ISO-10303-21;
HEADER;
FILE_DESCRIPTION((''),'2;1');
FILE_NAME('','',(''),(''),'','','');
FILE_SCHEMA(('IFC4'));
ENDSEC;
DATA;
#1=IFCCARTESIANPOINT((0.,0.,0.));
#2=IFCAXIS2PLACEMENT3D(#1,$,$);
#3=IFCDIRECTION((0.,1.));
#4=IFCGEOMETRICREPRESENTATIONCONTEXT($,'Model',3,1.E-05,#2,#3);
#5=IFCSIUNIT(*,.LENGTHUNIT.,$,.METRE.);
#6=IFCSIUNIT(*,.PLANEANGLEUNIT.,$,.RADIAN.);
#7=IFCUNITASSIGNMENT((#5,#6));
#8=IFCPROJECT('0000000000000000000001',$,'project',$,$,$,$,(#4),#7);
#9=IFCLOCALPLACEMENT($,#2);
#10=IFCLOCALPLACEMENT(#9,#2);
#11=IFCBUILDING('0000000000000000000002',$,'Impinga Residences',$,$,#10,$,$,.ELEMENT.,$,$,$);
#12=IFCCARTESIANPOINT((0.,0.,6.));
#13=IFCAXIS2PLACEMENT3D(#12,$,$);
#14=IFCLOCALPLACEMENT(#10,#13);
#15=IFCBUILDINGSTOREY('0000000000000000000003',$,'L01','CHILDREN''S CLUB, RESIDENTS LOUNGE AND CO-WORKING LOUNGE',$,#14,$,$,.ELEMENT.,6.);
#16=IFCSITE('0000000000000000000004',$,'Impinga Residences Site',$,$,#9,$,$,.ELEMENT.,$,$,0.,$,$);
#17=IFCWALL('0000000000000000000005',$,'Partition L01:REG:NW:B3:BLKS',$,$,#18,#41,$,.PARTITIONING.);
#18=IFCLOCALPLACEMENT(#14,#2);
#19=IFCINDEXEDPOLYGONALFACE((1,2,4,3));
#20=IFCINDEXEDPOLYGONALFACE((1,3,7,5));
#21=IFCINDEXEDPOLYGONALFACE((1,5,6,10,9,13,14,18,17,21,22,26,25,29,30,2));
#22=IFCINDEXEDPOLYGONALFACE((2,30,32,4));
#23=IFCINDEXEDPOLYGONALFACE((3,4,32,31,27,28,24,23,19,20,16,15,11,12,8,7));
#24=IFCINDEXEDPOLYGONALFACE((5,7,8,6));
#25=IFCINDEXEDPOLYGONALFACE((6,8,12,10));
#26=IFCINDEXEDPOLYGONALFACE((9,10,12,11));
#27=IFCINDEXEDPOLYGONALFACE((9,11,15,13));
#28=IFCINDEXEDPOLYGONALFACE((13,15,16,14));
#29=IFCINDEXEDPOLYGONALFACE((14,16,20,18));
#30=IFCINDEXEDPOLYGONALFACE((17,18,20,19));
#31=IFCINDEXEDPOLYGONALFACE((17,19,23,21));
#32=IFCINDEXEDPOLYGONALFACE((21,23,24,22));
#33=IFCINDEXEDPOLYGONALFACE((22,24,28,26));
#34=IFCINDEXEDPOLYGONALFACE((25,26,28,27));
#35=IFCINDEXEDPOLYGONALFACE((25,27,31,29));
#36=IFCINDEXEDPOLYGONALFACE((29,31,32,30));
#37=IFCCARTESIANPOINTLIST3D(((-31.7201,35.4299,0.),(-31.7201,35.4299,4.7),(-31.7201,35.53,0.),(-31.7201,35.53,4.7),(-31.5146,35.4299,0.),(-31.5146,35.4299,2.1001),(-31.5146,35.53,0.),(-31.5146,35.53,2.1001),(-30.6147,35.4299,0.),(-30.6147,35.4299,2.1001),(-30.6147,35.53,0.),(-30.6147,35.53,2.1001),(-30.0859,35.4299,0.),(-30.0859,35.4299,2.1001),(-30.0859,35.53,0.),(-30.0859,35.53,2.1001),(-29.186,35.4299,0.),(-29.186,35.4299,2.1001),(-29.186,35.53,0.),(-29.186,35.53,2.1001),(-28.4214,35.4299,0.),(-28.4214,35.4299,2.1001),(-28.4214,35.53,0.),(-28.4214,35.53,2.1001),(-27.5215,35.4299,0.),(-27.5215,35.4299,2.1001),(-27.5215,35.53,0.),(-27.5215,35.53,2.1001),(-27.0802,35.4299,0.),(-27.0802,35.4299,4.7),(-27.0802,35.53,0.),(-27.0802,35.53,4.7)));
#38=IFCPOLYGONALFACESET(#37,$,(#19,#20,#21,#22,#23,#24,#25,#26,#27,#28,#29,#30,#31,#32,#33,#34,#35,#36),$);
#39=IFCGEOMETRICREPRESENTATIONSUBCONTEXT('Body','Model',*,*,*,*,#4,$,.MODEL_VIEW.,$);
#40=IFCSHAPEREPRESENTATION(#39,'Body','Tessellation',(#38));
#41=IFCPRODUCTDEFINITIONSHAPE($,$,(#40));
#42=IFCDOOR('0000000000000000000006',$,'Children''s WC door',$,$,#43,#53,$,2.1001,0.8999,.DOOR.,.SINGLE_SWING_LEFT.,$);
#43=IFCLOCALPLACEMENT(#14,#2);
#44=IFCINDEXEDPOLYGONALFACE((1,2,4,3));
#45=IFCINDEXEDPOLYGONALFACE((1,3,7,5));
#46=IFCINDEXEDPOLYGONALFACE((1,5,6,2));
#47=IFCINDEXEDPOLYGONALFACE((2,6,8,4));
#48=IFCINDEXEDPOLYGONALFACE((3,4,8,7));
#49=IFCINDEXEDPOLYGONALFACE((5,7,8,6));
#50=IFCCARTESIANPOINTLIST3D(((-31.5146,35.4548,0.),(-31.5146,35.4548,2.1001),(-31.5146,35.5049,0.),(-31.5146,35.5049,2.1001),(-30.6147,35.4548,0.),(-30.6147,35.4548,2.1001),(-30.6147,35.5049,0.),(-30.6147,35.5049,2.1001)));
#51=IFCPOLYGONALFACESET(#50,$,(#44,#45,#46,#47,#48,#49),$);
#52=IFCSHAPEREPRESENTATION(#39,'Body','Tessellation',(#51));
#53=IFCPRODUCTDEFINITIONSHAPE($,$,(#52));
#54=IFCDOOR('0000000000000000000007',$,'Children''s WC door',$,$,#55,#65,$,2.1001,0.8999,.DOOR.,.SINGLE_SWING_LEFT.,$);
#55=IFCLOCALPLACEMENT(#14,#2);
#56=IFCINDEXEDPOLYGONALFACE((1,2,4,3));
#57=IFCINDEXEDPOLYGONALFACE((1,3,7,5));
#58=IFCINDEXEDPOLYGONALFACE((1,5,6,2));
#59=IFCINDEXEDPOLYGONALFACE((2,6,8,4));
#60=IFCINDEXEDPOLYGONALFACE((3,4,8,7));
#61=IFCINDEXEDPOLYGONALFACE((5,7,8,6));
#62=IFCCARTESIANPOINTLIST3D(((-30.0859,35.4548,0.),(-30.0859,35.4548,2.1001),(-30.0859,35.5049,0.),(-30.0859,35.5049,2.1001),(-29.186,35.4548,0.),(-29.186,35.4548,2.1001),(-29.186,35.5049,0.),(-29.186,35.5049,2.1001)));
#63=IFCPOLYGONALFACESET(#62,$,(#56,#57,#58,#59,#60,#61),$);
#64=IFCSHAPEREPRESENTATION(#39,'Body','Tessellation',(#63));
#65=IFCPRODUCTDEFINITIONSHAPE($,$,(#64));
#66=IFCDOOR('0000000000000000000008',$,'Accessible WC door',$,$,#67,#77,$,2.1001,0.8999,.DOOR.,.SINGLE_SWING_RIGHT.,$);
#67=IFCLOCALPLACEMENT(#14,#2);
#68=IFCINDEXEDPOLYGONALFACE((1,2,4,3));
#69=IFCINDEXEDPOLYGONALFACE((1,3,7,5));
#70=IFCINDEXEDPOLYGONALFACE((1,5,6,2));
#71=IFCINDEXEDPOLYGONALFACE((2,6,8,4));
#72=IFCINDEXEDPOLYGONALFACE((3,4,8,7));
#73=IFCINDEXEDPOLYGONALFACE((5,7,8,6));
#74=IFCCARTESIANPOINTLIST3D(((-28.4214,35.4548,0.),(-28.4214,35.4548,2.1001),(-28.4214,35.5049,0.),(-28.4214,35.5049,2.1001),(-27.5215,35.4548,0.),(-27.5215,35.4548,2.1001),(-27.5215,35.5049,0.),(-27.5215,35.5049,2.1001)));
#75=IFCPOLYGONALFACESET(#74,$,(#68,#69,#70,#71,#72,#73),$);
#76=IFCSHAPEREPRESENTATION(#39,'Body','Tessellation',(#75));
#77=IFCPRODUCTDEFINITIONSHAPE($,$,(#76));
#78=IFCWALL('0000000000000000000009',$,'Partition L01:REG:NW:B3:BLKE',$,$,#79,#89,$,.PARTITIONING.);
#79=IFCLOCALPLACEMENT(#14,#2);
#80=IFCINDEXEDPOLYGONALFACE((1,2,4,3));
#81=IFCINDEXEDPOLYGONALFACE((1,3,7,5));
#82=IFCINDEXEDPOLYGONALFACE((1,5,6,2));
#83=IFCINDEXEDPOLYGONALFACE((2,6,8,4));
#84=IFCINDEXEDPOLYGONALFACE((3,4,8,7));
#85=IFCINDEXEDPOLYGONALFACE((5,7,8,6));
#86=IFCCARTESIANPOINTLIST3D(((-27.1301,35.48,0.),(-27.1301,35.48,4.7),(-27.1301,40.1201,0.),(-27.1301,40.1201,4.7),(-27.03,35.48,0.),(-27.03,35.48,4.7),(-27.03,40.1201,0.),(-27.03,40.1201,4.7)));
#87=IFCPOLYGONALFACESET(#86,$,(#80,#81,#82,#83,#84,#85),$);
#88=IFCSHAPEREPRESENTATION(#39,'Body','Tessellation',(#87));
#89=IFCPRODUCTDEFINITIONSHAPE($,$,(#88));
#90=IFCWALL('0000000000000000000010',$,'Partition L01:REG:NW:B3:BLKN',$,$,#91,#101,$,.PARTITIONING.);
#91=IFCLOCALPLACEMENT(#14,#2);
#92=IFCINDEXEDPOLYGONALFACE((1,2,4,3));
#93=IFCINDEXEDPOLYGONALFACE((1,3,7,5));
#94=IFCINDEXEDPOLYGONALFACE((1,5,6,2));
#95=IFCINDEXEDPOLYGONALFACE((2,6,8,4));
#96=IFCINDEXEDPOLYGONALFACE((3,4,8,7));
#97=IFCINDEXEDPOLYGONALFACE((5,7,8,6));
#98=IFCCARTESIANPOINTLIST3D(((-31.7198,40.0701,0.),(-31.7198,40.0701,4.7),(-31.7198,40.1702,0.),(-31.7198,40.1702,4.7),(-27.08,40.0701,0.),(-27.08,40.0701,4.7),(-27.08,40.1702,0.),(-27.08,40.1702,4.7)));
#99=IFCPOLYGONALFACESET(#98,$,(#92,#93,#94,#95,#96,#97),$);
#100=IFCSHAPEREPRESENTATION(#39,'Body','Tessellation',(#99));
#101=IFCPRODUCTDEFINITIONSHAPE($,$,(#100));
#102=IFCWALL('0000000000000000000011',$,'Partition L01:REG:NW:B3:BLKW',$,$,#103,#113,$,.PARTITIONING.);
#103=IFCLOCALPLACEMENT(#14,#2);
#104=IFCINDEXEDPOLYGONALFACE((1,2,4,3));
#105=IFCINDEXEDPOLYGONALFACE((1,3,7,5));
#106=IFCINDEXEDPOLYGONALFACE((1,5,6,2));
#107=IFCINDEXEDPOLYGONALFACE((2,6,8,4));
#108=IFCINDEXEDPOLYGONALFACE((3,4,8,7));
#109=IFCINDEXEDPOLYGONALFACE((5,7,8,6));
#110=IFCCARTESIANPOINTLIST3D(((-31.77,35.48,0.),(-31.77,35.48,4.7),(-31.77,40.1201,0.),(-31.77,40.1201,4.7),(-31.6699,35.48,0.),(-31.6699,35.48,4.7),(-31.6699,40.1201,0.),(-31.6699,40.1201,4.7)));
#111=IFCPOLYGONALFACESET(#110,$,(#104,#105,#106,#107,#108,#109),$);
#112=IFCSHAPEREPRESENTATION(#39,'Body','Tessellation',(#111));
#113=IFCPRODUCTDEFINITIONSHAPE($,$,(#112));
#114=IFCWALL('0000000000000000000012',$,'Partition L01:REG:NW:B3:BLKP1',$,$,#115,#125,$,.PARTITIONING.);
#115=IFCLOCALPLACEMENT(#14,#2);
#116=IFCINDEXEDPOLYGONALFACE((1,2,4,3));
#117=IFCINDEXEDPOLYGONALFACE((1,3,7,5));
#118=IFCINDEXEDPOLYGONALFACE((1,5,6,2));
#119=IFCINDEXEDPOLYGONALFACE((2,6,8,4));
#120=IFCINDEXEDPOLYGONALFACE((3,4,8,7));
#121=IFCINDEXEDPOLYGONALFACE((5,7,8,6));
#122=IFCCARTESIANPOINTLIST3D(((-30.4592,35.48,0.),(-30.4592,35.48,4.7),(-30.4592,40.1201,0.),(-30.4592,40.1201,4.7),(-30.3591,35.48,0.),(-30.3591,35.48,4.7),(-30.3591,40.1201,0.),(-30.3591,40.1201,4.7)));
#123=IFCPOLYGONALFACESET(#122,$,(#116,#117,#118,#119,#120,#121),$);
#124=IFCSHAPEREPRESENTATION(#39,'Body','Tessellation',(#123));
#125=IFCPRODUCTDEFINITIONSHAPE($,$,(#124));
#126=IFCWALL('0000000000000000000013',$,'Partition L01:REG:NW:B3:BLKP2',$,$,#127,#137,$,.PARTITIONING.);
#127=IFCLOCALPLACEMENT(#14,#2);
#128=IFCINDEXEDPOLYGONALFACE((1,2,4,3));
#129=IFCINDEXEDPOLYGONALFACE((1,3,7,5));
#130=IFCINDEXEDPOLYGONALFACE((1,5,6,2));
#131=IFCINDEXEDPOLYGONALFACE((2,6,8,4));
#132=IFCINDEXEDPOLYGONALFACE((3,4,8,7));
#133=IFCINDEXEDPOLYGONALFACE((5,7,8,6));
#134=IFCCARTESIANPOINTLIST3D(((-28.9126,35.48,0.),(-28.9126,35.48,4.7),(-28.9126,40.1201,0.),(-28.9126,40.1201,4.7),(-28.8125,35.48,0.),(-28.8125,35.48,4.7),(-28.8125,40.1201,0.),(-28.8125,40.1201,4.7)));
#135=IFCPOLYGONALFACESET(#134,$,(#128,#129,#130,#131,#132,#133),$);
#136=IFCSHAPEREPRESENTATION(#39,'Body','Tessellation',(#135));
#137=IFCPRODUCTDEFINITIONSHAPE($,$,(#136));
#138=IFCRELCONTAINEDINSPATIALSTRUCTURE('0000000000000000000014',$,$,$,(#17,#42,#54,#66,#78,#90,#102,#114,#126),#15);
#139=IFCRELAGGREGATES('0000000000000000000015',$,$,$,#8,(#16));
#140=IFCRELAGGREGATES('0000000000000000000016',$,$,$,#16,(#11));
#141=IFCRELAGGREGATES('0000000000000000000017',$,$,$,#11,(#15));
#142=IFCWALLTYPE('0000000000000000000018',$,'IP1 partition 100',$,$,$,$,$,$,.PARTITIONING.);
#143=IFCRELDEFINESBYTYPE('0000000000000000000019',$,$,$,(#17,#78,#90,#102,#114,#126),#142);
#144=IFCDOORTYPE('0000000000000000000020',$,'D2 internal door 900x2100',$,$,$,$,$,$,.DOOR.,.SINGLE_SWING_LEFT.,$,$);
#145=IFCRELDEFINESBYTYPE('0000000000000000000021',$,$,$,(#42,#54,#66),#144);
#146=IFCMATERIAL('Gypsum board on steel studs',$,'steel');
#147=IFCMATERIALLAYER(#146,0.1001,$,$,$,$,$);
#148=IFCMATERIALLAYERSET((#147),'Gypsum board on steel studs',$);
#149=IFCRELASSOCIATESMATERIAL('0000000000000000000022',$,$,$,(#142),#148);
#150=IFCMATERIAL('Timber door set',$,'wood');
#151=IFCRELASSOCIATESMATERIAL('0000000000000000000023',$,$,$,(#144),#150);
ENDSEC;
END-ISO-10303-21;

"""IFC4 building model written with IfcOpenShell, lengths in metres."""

from ifc_helpers import new_model, si_unit, direction, frame, frame_2d, origin, place, context, subcontext, project, spatial, rectangle, extrude, material, layer, layer_set, type_object, element, fill, save


model = new_model("IFC4")

# Units and contexts
model_context = context("Model", 3, precision=1e-05, world=origin(), true_north=direction((0.0, 1.0)))
body_context = subcontext(model_context, "Body", "Model", "MODEL_VIEW")
ifc_project = project(units=[si_unit("LENGTHUNIT", "METRE"), si_unit("PLANEANGLEUNIT", "RADIAN")], contexts=[model_context])

# Site, building, storey
site_placement = place(None, origin())
site = spatial("IfcSite", under=ifc_project, at=site_placement, Name="Impinga Residences Site", CompositionType="ELEMENT", RefElevation=0.0)
building_placement = place(site_placement, origin())
building = spatial("IfcBuilding", under=site, at=building_placement, Name="Impinga Residences", CompositionType="ELEMENT")
storey_placement = place(building_placement, frame((0.0, 0.0, 6.0)))
storey = spatial("IfcBuildingStorey", under=building, at=storey_placement, Name="L01", Description="CHILDREN'S CLUB, RESIDENTS LOUNGE AND CO-WORKING LOUNGE", CompositionType="ELEMENT", Elevation=6.0)

# Shared definitions
ifc_material_1 = material(Name="Gypsum board on steel studs", Category="steel")
ifc_layer = layer(ifc_material_1, 0.1001)
ifc_layer_set = layer_set([ifc_layer], Name="Gypsum board on steel studs")
wall_type = type_object("IfcWallType", Name="IP1 partition 100", PredefinedType="PARTITIONING", material=ifc_layer_set)

# Wall, openings, doors
wall_1_placement = place(storey_placement, frame((-31.72, 35.48, 0.0), z_axis=(0.0, 0.0, 1.0), x_axis=(1.0, 0.0, 0.0)))
wall_1 = element("IfcWall", 1, at=wall_1_placement, inside=storey, type_object=wall_type, Name="Partition L01:REG:NW:B3:BLKS", PredefinedType="PARTITIONING", context=body_context, shape_type="SweptSolid", body=[
    extrude(rectangle(XDim=4.6399, YDim=0.1001, at=frame_2d((2.3198, 0.0))), origin(), (0.0, 0.0, 1.0), 4.7),
])
opening_1_placement = place(wall_1_placement, frame((0.2053, 0.0, 0.0)))
opening_1 = element("IfcOpeningElement", 2, at=opening_1_placement, cuts=wall_1, PredefinedType="OPENING", context=body_context, shape_type="SweptSolid", body=[
    extrude(rectangle(XDim=0.8999, YDim=2.1001, at=frame_2d((0.45, 1.05))), frame((0.0, 0.0601, 0.0), z_axis=(0.0, -1.0, 0.0), x_axis=(1.0, 0.0, 0.0)), (0.0, 0.0, 1.0), 0.1201),
])
opening_2_placement = place(wall_1_placement, frame((1.634, 0.0, 0.0)))
opening_2 = element("IfcOpeningElement", 3, at=opening_2_placement, cuts=wall_1, PredefinedType="OPENING", context=body_context, shape_type="SweptSolid", body=[
    extrude(rectangle(XDim=0.8999, YDim=2.1001, at=frame_2d((0.45, 1.05))), frame((0.0, 0.0601, 0.0), z_axis=(0.0, -1.0, 0.0), x_axis=(1.0, 0.0, 0.0)), (0.0, 0.0, 1.0), 0.1201),
])
opening_3_placement = place(wall_1_placement, frame((3.2986, 0.0, 0.0)))
opening_3 = element("IfcOpeningElement", 4, at=opening_3_placement, cuts=wall_1, PredefinedType="OPENING", context=body_context, shape_type="SweptSolid", body=[
    extrude(rectangle(XDim=0.8999, YDim=2.1001, at=frame_2d((0.45, 1.05))), frame((0.0, 0.0601, 0.0), z_axis=(0.0, -1.0, 0.0), x_axis=(1.0, 0.0, 0.0)), (0.0, 0.0, 1.0), 0.1201),
])
ifc_material_2 = material(Name="Timber door set", Category="wood")
door_type = type_object("IfcDoorType", Name="D2 internal door 900x2100", OperationType="SINGLE_SWING_LEFT", PredefinedType="DOOR", material=ifc_material_2)
door_1_placement = place(opening_1_placement, origin())
door_1 = element("IfcDoor", 5, at=door_1_placement, inside=storey, type_object=door_type, Name="Children's WC door", OperationType="SINGLE_SWING_LEFT", OverallHeight=2.1001, OverallWidth=0.8999, PredefinedType="DOOR", context=body_context, shape_type="SweptSolid", body=[
    extrude(rectangle(XDim=0.8999, YDim=2.1001, at=frame_2d((0.45, 1.05))), frame((0.0, 0.0249, 0.0), z_axis=(0.0, -1.0, 0.0), x_axis=(1.0, 0.0, 0.0)), (0.0, 0.0, 1.0), 0.05),
])
fill(opening_1, door_1)
door_2_placement = place(opening_2_placement, origin())
door_2 = element("IfcDoor", 6, at=door_2_placement, inside=storey, type_object=door_type, Name="Children's WC door", OperationType="SINGLE_SWING_LEFT", OverallHeight=2.1001, OverallWidth=0.8999, PredefinedType="DOOR", context=body_context, shape_type="SweptSolid", body=[
    extrude(rectangle(XDim=0.8999, YDim=2.1001, at=frame_2d((0.45, 1.05))), frame((0.0, 0.0249, 0.0), z_axis=(0.0, -1.0, 0.0), x_axis=(1.0, 0.0, 0.0)), (0.0, 0.0, 1.0), 0.05),
])
fill(opening_2, door_2)
door_3_placement = place(opening_3_placement, origin())
door_3 = element("IfcDoor", 7, at=door_3_placement, inside=storey, type_object=door_type, Name="Accessible WC door", OperationType="SINGLE_SWING_RIGHT", OverallHeight=2.1001, OverallWidth=0.8999, PredefinedType="DOOR", context=body_context, shape_type="SweptSolid", body=[
    extrude(rectangle(XDim=0.8999, YDim=2.1001, at=frame_2d((0.45, 1.05))), frame((0.0, 0.0249, 0.0), z_axis=(0.0, -1.0, 0.0), x_axis=(1.0, 0.0, 0.0)), (0.0, 0.0, 1.0), 0.05),
])
fill(opening_3, door_3)

# Walls
wall_2_placement = place(storey_placement, frame((-27.0801, 35.48, 0.0), z_axis=(0.0, 0.0, 1.0), x_axis=(0.0, 1.0, 0.0)))
element("IfcWall", 8, at=wall_2_placement, inside=storey, type_object=wall_type, Name="Partition L01:REG:NW:B3:BLKE", PredefinedType="PARTITIONING", context=body_context, shape_type="SweptSolid", body=[
    extrude(rectangle(XDim=4.6401, YDim=0.1001, at=frame_2d((2.3201, 0.0))), origin(), (0.0, 0.0, 1.0), 4.7),
])
wall_3_placement = place(storey_placement, frame((-27.0801, 40.1201, 0.0), z_axis=(0.0, 0.0, 1.0), x_axis=(-1.0, 0.0, 0.0)))
element("IfcWall", 9, at=wall_3_placement, inside=storey, type_object=wall_type, Name="Partition L01:REG:NW:B3:BLKN", PredefinedType="PARTITIONING", context=body_context, shape_type="SweptSolid", body=[
    extrude(rectangle(XDim=4.6399, YDim=0.1001, at=frame_2d((2.3198, 0.0))), origin(), (0.0, 0.0, 1.0), 4.7),
])
for number, where, z_axis, x_axis, name in (
    (10, (-31.72, 40.1201, 0.0), (0.0, 0.0, 1.0), (0.0, -1.0, 0.0), "Partition L01:REG:NW:B3:BLKW"),
    (11, (-30.4092, 35.48, 0.0), (0.0, 0.0, 1.0), (0.0, 1.0, 0.0), "Partition L01:REG:NW:B3:BLKP1"),
    (12, (-28.8625, 35.48, 0.0), (0.0, 0.0, 1.0), (0.0, 1.0, 0.0), "Partition L01:REG:NW:B3:BLKP2"),
):
    element("IfcWall", number, at=place(storey_placement, frame(where, z_axis=z_axis, x_axis=x_axis)), inside=storey, type_object=wall_type, Name=name, PredefinedType="PARTITIONING", context=body_context, shape_type="SweptSolid", body=[
        extrude(rectangle(XDim=4.6401, YDim=0.1001, at=frame_2d((2.3201, 0.0))), origin(), (0.0, 0.0, 1.0), 4.7),
    ])

save(model, "model.ifc")
